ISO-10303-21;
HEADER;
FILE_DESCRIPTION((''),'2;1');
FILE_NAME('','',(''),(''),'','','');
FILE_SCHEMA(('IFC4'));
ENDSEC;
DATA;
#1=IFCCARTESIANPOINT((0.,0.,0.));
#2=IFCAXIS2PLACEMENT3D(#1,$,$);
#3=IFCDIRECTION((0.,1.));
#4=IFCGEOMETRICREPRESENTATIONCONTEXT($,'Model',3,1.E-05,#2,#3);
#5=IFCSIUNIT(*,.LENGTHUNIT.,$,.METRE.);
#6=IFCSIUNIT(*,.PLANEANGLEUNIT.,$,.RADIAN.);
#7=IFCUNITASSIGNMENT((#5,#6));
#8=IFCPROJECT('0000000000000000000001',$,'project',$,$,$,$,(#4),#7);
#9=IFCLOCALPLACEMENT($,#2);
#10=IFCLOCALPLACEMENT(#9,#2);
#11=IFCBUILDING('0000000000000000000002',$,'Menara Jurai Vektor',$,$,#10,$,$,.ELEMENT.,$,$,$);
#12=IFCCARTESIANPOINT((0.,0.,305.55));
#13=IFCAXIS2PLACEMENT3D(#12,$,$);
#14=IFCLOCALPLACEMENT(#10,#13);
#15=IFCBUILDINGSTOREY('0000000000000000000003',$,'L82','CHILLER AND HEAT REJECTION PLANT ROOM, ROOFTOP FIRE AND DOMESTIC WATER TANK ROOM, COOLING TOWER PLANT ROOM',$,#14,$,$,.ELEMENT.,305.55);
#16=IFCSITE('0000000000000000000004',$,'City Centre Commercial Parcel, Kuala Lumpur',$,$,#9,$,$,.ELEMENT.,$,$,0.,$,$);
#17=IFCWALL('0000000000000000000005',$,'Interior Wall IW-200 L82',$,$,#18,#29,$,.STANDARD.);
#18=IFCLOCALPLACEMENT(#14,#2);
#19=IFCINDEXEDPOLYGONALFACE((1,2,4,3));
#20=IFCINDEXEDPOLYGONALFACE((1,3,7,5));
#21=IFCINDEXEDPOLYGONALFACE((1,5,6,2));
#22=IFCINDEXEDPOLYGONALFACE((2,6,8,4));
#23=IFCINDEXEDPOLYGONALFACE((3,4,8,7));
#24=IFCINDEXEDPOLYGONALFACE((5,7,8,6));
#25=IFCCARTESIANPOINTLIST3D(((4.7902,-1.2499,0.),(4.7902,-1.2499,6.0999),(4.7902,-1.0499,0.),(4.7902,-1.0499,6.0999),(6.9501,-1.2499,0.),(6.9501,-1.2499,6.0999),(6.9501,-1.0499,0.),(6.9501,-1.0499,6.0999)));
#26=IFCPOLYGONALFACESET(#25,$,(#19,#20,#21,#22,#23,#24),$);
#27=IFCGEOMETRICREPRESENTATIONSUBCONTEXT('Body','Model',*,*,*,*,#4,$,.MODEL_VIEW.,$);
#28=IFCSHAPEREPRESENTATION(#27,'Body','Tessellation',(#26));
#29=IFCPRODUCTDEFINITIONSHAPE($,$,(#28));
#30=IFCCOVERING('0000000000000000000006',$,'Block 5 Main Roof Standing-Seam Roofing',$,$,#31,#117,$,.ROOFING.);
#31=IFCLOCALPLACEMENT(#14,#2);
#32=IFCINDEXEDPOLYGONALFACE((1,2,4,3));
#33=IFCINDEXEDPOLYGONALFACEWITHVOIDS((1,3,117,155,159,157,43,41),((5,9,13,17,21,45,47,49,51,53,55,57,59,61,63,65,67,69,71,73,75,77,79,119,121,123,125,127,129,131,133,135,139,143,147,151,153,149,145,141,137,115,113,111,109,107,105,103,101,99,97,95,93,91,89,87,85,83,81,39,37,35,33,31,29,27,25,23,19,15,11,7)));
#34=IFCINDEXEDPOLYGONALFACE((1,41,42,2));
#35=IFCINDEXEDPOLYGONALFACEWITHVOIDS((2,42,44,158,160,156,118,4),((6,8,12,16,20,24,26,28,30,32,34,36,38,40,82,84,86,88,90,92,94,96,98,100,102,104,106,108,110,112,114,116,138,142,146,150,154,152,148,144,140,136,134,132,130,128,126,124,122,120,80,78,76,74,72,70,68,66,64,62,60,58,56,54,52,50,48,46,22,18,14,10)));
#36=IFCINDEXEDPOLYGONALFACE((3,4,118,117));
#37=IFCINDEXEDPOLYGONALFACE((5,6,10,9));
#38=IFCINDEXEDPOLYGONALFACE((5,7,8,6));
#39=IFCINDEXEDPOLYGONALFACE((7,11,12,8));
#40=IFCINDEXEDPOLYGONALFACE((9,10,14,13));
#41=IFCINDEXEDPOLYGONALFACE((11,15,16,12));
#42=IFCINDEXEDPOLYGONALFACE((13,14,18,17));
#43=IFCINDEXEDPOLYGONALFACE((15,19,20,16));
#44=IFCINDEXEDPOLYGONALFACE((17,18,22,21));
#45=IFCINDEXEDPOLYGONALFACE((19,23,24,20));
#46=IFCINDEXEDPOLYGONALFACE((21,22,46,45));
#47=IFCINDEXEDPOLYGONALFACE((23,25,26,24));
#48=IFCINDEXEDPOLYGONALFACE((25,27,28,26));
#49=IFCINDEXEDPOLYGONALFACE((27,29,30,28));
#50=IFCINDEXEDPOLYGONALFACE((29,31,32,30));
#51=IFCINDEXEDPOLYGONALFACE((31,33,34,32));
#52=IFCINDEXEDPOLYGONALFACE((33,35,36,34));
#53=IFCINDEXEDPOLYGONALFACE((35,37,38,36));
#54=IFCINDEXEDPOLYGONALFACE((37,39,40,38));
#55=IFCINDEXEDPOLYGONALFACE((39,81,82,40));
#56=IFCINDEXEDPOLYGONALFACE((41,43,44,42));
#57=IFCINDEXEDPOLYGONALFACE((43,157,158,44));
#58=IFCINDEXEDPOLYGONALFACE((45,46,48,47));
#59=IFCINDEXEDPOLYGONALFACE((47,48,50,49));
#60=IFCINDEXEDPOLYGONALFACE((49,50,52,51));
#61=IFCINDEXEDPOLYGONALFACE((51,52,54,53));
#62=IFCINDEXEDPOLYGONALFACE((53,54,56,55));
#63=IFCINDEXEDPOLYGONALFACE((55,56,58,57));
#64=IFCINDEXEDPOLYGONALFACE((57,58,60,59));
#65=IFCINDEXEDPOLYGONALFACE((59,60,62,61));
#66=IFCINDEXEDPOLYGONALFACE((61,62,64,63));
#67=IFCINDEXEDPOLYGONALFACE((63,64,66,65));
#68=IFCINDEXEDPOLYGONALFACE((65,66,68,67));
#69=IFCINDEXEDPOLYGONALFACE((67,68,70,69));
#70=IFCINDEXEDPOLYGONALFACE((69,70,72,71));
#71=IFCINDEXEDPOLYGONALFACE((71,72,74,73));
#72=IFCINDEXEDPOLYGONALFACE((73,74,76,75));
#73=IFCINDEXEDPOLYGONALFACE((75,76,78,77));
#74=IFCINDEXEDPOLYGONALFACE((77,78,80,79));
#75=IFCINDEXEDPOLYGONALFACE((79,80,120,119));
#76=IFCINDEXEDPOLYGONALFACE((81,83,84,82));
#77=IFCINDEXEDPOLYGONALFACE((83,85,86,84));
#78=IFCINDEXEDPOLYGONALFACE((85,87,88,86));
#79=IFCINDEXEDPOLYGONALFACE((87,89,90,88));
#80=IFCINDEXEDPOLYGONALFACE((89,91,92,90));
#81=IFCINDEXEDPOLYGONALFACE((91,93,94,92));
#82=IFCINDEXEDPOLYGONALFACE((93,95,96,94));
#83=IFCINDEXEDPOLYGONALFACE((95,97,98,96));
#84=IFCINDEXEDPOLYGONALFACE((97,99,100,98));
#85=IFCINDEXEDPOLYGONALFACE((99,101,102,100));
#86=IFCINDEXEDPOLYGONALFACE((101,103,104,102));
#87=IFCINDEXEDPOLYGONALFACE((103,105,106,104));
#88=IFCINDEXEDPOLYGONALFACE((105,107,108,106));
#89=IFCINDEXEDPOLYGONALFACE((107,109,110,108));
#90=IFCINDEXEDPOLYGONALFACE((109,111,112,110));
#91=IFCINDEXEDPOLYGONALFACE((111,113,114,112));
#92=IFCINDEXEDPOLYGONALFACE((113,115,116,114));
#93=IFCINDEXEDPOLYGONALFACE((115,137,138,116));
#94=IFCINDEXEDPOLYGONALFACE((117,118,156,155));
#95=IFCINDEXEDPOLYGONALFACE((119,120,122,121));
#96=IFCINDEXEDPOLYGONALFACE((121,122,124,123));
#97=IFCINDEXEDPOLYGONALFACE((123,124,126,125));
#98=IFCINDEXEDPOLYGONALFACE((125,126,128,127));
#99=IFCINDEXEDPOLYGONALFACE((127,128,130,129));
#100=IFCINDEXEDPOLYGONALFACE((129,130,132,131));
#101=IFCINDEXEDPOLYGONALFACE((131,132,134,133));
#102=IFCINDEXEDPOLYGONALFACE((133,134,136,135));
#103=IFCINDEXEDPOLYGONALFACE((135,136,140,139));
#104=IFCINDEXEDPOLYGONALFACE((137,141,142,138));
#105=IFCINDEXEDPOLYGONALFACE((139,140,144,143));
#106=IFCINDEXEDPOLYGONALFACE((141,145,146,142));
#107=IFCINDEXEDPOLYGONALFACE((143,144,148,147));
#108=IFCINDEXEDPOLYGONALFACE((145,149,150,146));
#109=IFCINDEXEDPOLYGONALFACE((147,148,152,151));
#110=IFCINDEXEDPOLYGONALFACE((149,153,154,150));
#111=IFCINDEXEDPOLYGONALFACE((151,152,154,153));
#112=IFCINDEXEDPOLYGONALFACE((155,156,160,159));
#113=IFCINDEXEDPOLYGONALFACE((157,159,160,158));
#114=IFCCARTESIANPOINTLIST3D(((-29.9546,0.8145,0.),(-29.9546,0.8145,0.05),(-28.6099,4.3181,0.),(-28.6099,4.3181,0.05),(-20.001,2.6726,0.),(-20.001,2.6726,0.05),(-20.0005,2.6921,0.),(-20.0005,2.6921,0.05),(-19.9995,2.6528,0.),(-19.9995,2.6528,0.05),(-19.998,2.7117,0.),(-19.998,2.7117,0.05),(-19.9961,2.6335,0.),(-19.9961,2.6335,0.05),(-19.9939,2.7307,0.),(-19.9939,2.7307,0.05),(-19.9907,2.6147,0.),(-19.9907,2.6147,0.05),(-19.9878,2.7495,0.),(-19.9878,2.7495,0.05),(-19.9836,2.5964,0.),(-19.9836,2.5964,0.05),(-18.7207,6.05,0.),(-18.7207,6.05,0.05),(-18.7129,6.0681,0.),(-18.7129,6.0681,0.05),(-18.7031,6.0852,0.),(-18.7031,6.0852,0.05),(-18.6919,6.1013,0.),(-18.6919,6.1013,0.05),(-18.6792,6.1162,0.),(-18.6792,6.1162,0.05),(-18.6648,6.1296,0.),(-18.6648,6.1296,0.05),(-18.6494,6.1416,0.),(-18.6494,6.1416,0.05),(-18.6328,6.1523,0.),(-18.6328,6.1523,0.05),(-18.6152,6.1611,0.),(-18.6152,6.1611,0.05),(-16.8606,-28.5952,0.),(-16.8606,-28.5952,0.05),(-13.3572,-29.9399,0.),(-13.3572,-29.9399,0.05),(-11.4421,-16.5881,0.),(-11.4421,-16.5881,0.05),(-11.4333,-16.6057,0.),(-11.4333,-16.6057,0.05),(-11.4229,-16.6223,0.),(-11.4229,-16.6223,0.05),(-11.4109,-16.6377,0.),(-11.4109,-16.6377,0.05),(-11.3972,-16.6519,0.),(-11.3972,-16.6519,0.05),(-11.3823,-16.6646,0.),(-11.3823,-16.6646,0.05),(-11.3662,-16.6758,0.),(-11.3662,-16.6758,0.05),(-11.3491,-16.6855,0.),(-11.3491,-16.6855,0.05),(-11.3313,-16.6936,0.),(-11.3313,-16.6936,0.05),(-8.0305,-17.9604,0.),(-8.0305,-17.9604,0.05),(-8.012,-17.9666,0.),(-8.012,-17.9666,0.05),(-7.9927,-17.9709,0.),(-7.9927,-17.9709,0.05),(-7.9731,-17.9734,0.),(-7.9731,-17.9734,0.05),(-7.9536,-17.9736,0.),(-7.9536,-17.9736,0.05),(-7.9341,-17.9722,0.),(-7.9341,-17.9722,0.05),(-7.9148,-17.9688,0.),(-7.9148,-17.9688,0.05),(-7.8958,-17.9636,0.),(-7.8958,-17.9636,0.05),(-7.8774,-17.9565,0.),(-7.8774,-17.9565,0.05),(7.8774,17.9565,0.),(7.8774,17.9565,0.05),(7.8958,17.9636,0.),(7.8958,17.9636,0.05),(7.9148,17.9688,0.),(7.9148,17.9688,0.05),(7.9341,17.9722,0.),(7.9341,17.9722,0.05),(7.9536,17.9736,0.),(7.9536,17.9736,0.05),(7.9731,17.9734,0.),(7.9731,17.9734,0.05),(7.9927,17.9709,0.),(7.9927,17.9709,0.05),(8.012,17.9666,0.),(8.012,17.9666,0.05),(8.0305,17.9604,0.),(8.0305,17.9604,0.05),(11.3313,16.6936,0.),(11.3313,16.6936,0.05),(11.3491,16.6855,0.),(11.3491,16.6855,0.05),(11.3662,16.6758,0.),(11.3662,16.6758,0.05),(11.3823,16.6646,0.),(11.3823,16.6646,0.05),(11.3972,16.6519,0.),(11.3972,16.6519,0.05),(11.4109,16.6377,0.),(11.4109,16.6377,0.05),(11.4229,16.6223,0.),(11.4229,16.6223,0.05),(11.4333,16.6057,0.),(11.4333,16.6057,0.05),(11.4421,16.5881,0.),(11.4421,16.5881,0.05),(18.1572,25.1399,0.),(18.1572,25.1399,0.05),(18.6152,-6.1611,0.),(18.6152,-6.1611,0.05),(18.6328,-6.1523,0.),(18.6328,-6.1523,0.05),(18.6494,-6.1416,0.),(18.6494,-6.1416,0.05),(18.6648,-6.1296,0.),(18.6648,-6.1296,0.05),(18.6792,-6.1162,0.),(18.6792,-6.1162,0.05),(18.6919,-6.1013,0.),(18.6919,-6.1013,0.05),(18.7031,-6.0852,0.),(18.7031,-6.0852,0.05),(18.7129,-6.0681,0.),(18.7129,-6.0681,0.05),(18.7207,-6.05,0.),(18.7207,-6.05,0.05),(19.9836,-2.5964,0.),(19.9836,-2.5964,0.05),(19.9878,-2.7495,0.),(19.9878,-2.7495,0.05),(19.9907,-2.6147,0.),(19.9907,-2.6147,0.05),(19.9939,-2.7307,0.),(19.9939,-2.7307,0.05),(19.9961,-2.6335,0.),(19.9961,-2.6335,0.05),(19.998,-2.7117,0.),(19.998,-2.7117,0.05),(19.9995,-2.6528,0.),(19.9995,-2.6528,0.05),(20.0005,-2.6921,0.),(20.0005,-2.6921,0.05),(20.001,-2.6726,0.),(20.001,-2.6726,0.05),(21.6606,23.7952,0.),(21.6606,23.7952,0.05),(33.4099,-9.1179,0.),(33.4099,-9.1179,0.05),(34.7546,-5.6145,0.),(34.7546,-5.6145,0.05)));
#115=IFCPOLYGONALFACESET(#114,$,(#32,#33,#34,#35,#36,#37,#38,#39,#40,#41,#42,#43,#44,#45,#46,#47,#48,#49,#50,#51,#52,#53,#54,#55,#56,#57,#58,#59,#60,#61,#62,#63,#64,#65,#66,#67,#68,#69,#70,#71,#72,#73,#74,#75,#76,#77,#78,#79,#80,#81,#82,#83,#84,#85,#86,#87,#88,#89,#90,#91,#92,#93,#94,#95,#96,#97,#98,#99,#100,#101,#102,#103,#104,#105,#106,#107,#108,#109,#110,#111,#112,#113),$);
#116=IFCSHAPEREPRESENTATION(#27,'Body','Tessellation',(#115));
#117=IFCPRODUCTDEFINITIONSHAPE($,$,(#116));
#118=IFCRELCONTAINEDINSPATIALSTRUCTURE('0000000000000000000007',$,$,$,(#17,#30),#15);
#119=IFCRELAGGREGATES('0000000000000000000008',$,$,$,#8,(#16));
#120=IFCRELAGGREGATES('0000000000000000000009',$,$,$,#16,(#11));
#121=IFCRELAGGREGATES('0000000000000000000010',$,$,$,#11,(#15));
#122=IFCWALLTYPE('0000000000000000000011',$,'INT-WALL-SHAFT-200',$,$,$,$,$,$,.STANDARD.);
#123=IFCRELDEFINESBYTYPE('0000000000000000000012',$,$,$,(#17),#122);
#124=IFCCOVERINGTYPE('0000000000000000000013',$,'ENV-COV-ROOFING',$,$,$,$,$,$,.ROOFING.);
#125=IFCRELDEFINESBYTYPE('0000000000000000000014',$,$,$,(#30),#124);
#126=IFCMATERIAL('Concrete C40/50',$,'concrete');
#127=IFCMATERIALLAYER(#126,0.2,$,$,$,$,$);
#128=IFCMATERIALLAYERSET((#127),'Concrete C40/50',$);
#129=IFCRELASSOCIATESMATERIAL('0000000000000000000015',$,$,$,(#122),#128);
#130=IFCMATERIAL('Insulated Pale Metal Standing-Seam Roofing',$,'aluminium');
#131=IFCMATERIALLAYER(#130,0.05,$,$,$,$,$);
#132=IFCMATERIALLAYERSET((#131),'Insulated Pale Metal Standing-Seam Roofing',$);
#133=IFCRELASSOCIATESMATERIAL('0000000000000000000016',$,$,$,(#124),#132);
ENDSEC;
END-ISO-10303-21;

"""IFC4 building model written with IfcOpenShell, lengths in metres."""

from ifc_helpers import new_model, si_unit, direction, frame, frame_2d, origin, place, context, subcontext, project, spatial, polyline, rectangle, outline, extrude, material, layer, layer_set, type_object, element, save


model = new_model("IFC4")

# Units and contexts
model_context = context("Model", 3, precision=1e-05, world=origin(), true_north=direction((0.0, 1.0)))
body_context = subcontext(model_context, "Body", "Model", "MODEL_VIEW")
ifc_project = project(units=[si_unit("LENGTHUNIT", "METRE"), si_unit("PLANEANGLEUNIT", "RADIAN")], contexts=[model_context])

# Site, building, storey
site_placement = place(None, origin())
site = spatial("IfcSite", under=ifc_project, at=site_placement, Name="City Centre Commercial Parcel, Kuala Lumpur", CompositionType="ELEMENT", RefElevation=0.0)
building_placement = place(site_placement, origin())
building = spatial("IfcBuilding", under=site, at=building_placement, Name="Menara Jurai Vektor", CompositionType="ELEMENT")
storey_placement = place(building_placement, frame((0.0, 0.0, 305.55)))
storey = spatial("IfcBuildingStorey", under=building, at=storey_placement, Name="L82", Description="CHILLER AND HEAT REJECTION PLANT ROOM, ROOFTOP FIRE AND DOMESTIC WATER TANK ROOM, COOLING TOWER PLANT ROOM", CompositionType="ELEMENT", Elevation=305.55)

# Shared definitions
ifc_material_1 = material(Name="Concrete C40/50", Category="concrete")

# Shared definitions
ifc_layer_1 = layer(ifc_material_1, 0.2)
ifc_layer_set_1 = layer_set([ifc_layer_1], Name="Concrete C40/50")
wall_type_1 = type_object("IfcWallType", Name="INT-WALL-SHAFT-200", PredefinedType="STANDARD", material=ifc_layer_set_1)

# Wall
wall_1_placement = place(storey_placement, frame((4.79, -1.1499, 0.0), z_axis=(0.0, 0.0, 1.0), x_axis=(1.0, 0.0, 0.0)))
element("IfcWall", 1, at=wall_1_placement, inside=storey, type_object=wall_type_1, Name="Interior Wall IW-200 L82", PredefinedType="STANDARD", context=body_context, shape_type="SweptSolid", body=[
    extrude(rectangle(XDim=2.1599, YDim=0.2, at=frame_2d((1.0801, 0.0))), origin(), (0.0, 0.0, 1.0), 6.0999),
])

# Covering
ifc_material_2 = material(Name="Insulated Pale Metal Standing-Seam Roofing", Category="aluminium")
ifc_layer_2 = layer(ifc_material_2, 0.05)
ifc_layer_set_2 = layer_set([ifc_layer_2], Name="Insulated Pale Metal Standing-Seam Roofing")
covering_type = type_object("IfcCoveringType", Name="ENV-COV-ROOFING", PredefinedType="ROOFING", material=ifc_layer_set_2)
covering_placement = place(storey_placement, origin())
element("IfcCovering", 2, at=covering_placement, inside=storey, type_object=covering_type, Name="Block 5 Main Roof Standing-Seam Roofing", PredefinedType="ROOFING", context=body_context, shape_type="SweptSolid", body=[
    extrude(outline(polyline([(-13.3572, -29.9399), (33.4099, -9.1179), (34.7546, -5.6145), (21.6606, 23.7952), (18.1572, 25.1399), (-28.6099, 4.3181), (-29.9546, 0.8145), (-16.8606, -28.5952), (-13.3572, -29.9399)]), holes=[polyline([(-8.012, -17.9666), (-7.9927, -17.9709), (-7.9731, -17.9734), (-7.9536, -17.9736), (-7.9341, -17.9722), (-7.9148, -17.9688), (-7.8958, -17.9636), (-7.8774, -17.9565), (18.6152, -6.1611), (18.6328, -6.1523), (18.6494, -6.1416), (18.6648, -6.1296), (18.6792, -6.1162), (18.6919, -6.1013), (18.7031, -6.0852), (18.7129, -6.0681), (18.7207, -6.05), (19.9878, -2.7495), (19.9939, -2.7307), (19.998, -2.7117), (20.0005, -2.6921), (20.001, -2.6726), (19.9995, -2.6528), (19.9961, -2.6335), (19.9907, -2.6147), (19.9836, -2.5964), (11.4421, 16.5881), (11.4333, 16.6057), (11.4229, 16.6223), (11.4109, 16.6377), (11.3972, 16.6519), (11.3823, 16.6646), (11.3662, 16.6758), (11.3491, 16.6855), (11.3313, 16.6936), (8.0305, 17.9604), (8.012, 17.9666), (7.9927, 17.9709), (7.9731, 17.9734), (7.9536, 17.9736), (7.9341, 17.9722), (7.9148, 17.9688), (7.8958, 17.9636), (7.8774, 17.9565), (-18.6152, 6.1611), (-18.6328, 6.1523), (-18.6494, 6.1416), (-18.6648, 6.1296), (-18.6792, 6.1162), (-18.6919, 6.1013), (-18.7031, 6.0852), (-18.7129, 6.0681), (-18.7207, 6.05), (-19.9878, 2.7495), (-19.9939, 2.7307), (-19.998, 2.7117), (-20.0005, 2.6921), (-20.001, 2.6726), (-19.9995, 2.6528), (-19.9961, 2.6335), (-19.9907, 2.6147), (-19.9836, 2.5964), (-11.4421, -16.5881), (-11.4333, -16.6057), (-11.4229, -16.6223), (-11.4109, -16.6377), (-11.3972, -16.6519), (-11.3823, -16.6646), (-11.3662, -16.6758), (-11.3491, -16.6855), (-11.3313, -16.6936), (-8.0305, -17.9604), (-8.012, -17.9666)])]), origin(), (0.0, 0.0, 1.0), 0.05),
])

save(model, "model.ifc")
